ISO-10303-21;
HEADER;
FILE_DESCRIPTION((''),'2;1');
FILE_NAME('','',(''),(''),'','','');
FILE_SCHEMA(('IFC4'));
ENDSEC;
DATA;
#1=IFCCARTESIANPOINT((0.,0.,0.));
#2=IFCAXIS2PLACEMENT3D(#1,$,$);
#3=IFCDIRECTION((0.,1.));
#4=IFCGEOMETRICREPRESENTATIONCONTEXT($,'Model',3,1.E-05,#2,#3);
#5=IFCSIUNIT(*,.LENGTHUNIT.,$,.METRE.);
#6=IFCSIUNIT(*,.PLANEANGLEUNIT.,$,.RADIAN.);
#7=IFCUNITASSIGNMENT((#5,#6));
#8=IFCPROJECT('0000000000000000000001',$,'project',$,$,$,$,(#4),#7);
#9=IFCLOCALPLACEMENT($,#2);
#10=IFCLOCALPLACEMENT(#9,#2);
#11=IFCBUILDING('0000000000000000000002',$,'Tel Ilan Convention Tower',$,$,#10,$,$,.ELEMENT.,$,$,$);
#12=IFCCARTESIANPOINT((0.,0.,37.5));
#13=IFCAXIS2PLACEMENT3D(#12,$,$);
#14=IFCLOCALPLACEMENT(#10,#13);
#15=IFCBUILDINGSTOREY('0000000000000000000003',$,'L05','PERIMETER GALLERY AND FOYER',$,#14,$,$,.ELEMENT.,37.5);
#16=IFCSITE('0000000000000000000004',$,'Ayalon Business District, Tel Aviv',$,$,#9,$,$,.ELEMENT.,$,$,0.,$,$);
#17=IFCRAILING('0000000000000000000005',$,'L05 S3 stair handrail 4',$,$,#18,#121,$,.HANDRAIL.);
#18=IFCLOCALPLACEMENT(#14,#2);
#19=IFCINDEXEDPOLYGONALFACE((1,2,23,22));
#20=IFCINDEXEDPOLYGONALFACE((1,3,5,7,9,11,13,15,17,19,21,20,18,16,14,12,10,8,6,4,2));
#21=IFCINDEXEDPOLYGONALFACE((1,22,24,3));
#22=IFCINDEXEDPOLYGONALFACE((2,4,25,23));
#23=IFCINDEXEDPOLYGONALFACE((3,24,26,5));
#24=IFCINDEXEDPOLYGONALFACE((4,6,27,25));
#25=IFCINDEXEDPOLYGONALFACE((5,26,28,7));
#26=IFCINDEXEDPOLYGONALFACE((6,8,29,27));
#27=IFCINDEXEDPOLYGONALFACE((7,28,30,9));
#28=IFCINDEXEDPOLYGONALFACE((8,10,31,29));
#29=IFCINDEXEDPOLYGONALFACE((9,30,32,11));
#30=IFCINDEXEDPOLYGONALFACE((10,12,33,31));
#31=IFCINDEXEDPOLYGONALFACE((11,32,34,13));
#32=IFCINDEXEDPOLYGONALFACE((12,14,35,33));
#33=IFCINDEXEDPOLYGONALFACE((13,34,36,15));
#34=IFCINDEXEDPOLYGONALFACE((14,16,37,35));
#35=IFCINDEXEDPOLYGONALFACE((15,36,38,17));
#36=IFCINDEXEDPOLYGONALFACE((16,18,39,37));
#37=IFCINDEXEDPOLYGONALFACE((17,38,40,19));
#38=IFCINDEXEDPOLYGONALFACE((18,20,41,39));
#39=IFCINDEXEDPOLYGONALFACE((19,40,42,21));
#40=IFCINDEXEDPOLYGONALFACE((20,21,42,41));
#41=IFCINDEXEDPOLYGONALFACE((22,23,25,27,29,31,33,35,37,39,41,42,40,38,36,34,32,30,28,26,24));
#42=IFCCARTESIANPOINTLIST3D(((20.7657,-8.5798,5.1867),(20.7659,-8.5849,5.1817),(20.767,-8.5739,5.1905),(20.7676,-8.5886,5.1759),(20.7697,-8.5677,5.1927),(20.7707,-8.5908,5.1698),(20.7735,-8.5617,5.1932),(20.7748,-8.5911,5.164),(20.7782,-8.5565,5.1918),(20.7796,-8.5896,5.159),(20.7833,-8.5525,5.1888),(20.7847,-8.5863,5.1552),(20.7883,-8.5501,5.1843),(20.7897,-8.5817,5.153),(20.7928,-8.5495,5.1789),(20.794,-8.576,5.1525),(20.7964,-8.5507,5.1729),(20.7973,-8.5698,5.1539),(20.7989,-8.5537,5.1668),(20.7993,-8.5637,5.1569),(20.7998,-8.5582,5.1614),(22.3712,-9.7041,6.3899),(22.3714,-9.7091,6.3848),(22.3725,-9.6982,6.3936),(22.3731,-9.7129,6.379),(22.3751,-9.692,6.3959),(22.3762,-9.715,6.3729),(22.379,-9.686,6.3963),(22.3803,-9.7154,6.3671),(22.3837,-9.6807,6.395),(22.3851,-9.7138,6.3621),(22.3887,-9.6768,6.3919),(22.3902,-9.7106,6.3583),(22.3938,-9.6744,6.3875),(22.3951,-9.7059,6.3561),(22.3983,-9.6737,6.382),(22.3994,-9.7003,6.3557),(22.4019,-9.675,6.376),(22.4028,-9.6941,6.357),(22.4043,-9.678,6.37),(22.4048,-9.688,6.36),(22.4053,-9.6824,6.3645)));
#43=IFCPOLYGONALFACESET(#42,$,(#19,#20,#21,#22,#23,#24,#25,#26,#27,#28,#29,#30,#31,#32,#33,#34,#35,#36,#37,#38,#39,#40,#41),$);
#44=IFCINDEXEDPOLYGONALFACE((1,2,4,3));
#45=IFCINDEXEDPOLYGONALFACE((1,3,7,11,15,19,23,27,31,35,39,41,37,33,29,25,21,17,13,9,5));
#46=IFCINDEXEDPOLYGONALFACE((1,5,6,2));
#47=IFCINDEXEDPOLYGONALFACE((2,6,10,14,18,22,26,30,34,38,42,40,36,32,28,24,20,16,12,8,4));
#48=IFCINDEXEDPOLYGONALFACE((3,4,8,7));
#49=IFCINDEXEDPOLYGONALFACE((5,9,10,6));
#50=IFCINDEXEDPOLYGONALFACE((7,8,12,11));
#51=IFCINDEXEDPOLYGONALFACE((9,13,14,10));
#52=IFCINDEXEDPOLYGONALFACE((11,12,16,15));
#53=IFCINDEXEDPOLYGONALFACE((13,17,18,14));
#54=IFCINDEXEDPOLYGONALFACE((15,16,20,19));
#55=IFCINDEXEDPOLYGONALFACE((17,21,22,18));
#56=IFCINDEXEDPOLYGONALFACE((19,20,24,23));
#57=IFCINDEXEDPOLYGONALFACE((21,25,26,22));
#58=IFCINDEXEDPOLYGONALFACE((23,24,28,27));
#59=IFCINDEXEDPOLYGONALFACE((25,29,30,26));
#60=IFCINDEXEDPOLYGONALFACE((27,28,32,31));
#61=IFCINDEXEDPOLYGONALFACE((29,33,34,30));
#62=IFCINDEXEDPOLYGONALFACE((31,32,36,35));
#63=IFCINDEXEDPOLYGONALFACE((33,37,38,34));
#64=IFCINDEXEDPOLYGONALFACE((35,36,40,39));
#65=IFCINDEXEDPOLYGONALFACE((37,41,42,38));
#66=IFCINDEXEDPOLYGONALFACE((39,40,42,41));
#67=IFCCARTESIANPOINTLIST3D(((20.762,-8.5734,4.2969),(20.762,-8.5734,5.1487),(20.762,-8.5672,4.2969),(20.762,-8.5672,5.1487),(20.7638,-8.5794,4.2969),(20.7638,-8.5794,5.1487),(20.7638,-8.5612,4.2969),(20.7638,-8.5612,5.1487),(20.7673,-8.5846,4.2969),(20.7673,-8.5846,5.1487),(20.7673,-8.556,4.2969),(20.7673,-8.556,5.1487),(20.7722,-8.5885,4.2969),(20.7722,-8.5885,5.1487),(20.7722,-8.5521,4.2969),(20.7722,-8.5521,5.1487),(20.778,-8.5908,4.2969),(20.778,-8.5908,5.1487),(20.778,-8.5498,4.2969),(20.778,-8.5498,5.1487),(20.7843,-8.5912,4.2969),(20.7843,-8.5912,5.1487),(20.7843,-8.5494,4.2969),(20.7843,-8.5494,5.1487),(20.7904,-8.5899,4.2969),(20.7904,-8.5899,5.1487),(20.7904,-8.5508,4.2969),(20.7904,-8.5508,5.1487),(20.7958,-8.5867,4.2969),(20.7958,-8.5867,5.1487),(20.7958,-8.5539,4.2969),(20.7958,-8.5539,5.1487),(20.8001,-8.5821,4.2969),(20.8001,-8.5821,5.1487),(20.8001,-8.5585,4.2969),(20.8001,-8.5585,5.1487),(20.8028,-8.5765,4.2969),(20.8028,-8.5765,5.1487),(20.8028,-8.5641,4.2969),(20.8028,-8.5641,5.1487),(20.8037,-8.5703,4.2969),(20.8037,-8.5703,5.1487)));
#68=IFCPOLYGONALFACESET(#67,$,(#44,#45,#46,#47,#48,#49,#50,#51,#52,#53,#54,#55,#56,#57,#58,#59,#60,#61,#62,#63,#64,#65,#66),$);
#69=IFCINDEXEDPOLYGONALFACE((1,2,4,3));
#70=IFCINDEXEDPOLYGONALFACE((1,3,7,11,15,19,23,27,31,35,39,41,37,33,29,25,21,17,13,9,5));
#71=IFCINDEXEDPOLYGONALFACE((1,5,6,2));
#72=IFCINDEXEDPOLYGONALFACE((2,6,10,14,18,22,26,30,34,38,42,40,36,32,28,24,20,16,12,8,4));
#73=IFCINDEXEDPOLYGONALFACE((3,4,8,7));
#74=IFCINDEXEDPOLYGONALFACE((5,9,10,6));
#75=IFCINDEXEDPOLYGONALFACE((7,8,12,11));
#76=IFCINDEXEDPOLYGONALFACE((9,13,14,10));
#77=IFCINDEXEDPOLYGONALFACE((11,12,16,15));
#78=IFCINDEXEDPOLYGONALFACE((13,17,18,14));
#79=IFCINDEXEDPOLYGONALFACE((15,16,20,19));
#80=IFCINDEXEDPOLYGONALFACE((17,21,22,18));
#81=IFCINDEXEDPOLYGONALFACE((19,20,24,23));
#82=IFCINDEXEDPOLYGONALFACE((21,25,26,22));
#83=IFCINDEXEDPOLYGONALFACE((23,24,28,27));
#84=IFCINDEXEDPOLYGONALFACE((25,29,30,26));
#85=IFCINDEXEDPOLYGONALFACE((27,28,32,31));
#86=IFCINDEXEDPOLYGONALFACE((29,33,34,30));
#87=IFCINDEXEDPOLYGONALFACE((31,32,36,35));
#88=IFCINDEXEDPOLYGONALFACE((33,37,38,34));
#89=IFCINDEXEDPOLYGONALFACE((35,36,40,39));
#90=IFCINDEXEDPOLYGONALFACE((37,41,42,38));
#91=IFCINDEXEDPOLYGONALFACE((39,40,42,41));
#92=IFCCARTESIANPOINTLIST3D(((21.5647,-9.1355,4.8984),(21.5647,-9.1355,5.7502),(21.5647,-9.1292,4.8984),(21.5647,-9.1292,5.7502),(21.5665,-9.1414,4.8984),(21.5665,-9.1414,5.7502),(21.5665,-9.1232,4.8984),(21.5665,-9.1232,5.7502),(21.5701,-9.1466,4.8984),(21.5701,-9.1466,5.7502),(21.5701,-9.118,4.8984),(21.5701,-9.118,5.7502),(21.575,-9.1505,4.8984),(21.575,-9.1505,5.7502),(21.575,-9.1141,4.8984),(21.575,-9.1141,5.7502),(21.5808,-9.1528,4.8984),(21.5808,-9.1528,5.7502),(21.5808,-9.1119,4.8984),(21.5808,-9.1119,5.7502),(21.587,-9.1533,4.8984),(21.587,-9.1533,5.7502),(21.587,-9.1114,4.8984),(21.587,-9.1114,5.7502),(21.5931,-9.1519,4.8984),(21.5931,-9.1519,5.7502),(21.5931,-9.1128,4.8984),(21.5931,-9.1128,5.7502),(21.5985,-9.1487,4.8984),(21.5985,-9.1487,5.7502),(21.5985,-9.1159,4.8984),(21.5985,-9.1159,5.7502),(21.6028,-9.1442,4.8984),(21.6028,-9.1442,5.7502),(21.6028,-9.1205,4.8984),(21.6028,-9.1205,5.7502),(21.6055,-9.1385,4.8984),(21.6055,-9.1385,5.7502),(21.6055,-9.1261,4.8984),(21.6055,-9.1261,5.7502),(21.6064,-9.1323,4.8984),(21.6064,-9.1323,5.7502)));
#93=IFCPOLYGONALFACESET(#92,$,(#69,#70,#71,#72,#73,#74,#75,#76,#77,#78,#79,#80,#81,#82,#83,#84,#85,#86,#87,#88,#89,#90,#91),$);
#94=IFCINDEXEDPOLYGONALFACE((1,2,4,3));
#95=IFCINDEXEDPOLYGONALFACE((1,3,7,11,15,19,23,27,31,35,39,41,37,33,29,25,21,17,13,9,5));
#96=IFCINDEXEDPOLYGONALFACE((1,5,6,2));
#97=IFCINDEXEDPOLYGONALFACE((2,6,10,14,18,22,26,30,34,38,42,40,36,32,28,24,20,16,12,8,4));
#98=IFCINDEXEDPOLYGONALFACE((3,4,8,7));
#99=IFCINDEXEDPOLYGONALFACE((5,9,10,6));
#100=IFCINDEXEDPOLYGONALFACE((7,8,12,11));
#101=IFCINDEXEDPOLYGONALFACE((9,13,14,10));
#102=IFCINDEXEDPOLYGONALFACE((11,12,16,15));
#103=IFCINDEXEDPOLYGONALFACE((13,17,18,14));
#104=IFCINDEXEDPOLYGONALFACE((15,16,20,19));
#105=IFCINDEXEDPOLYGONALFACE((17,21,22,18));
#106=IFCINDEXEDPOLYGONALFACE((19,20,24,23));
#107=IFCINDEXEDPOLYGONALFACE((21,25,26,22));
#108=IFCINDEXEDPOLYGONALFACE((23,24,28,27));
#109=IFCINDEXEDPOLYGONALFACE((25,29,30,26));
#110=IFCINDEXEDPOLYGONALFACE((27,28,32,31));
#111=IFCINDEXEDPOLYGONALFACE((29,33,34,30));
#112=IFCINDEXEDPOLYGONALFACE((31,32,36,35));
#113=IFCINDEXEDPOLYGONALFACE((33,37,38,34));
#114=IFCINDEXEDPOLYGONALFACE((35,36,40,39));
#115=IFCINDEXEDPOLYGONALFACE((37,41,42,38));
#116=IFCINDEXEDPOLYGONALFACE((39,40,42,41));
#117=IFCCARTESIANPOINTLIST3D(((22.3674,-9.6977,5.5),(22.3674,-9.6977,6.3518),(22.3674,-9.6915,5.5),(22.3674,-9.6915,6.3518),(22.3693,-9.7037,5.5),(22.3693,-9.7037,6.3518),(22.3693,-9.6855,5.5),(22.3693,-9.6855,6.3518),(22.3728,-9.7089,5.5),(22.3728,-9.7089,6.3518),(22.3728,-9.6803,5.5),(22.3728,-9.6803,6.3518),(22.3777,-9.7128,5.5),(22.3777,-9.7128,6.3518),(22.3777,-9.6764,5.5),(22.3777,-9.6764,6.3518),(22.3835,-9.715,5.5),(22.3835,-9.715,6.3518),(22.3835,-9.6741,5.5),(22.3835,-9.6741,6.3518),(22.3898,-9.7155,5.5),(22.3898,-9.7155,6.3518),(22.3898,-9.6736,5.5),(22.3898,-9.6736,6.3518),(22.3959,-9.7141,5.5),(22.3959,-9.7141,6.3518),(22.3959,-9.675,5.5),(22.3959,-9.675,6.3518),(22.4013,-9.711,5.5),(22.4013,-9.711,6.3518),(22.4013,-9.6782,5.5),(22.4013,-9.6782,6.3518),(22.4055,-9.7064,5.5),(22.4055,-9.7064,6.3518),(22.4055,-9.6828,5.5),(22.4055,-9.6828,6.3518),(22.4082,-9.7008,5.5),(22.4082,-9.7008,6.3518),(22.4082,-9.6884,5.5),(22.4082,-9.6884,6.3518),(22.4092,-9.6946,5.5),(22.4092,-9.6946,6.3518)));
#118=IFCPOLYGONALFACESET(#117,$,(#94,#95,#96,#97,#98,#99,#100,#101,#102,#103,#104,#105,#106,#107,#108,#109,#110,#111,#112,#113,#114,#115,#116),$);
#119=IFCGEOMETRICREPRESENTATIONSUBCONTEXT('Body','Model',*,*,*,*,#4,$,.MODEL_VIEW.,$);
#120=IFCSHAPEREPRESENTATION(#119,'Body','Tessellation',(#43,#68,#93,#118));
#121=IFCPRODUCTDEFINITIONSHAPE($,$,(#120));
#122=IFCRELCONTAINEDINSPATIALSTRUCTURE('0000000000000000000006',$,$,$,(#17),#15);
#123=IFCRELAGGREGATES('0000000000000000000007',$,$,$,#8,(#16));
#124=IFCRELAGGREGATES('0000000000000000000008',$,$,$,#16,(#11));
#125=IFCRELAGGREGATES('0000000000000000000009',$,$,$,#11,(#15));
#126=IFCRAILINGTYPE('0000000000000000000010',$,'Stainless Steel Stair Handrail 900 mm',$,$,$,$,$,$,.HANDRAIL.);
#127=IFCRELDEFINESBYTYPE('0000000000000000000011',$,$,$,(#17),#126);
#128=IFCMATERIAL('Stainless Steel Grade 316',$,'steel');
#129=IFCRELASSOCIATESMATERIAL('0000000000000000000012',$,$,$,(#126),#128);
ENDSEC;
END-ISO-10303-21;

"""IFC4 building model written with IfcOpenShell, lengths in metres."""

from ifc_helpers import new_model, si_unit, direction, frame, origin, origin_2d, place, context, subcontext, project, spatial, circle, extrude, material, type_object, element, save


model = new_model("IFC4")

# Units and contexts
model_context = context("Model", 3, precision=1e-05, world=origin(), true_north=direction((0.0, 1.0)))
body_context = subcontext(model_context, "Body", "Model", "MODEL_VIEW")
ifc_project = project(units=[si_unit("LENGTHUNIT", "METRE"), si_unit("PLANEANGLEUNIT", "RADIAN")], contexts=[model_context])

# Site, building, storey
site_placement = place(None, origin())
site = spatial("IfcSite", under=ifc_project, at=site_placement, Name="Ayalon Business District, Tel Aviv", CompositionType="ELEMENT", RefElevation=0.0)
building_placement = place(site_placement, origin())
building = spatial("IfcBuilding", under=site, at=building_placement, Name="Tel Ilan Convention Tower", CompositionType="ELEMENT")
storey_placement = place(building_placement, frame((0.0, 0.0, 37.5)))
storey = spatial("IfcBuildingStorey", under=building, at=storey_placement, Name="L05", Description="PERIMETER GALLERY AND FOYER", CompositionType="ELEMENT", Elevation=37.5)

# Railing
ifc_material_1 = material(Name="Stainless Steel Grade 316", Category="steel")
railing_type_1 = type_object("IfcRailingType", Name="Stainless Steel Stair Handrail 900 mm", PredefinedType="HANDRAIL", material=ifc_material_1)
for number, where, name in (
    (1, (20.7827, -8.5703, 4.2969), "L05 S3 stair handrail 4"),
):
    element("IfcRailing", number, at=place(storey_placement, frame(where)), inside=storey, type_object=railing_type_1, Name=name, PredefinedType="HANDRAIL", context=body_context, shape_type="SweptSolid", body=[
        extrude(circle(Radius=0.0239, at=origin_2d()), frame((0.0, 0.0, 0.876), z_axis=(0.698095, -0.488857, 0.523146), x_axis=(0.573613, 0.819127, 0.0)), (0.0, 0.0, 1.0), 2.2998),
        extrude(circle(Radius=0.021, at=origin_2d()), origin(), (0.0, 0.0, 1.0), 0.8518),
        extrude(circle(Radius=0.021, at=origin_2d()), frame((0.8027, -0.562, 0.6016)), (0.0, 0.0, 1.0), 0.8518),
        extrude(circle(Radius=0.021, at=origin_2d()), frame((1.6055, -1.1243, 1.2031)), (0.0, 0.0, 1.0), 0.8518),
    ])

save(model, "model.ifc")
